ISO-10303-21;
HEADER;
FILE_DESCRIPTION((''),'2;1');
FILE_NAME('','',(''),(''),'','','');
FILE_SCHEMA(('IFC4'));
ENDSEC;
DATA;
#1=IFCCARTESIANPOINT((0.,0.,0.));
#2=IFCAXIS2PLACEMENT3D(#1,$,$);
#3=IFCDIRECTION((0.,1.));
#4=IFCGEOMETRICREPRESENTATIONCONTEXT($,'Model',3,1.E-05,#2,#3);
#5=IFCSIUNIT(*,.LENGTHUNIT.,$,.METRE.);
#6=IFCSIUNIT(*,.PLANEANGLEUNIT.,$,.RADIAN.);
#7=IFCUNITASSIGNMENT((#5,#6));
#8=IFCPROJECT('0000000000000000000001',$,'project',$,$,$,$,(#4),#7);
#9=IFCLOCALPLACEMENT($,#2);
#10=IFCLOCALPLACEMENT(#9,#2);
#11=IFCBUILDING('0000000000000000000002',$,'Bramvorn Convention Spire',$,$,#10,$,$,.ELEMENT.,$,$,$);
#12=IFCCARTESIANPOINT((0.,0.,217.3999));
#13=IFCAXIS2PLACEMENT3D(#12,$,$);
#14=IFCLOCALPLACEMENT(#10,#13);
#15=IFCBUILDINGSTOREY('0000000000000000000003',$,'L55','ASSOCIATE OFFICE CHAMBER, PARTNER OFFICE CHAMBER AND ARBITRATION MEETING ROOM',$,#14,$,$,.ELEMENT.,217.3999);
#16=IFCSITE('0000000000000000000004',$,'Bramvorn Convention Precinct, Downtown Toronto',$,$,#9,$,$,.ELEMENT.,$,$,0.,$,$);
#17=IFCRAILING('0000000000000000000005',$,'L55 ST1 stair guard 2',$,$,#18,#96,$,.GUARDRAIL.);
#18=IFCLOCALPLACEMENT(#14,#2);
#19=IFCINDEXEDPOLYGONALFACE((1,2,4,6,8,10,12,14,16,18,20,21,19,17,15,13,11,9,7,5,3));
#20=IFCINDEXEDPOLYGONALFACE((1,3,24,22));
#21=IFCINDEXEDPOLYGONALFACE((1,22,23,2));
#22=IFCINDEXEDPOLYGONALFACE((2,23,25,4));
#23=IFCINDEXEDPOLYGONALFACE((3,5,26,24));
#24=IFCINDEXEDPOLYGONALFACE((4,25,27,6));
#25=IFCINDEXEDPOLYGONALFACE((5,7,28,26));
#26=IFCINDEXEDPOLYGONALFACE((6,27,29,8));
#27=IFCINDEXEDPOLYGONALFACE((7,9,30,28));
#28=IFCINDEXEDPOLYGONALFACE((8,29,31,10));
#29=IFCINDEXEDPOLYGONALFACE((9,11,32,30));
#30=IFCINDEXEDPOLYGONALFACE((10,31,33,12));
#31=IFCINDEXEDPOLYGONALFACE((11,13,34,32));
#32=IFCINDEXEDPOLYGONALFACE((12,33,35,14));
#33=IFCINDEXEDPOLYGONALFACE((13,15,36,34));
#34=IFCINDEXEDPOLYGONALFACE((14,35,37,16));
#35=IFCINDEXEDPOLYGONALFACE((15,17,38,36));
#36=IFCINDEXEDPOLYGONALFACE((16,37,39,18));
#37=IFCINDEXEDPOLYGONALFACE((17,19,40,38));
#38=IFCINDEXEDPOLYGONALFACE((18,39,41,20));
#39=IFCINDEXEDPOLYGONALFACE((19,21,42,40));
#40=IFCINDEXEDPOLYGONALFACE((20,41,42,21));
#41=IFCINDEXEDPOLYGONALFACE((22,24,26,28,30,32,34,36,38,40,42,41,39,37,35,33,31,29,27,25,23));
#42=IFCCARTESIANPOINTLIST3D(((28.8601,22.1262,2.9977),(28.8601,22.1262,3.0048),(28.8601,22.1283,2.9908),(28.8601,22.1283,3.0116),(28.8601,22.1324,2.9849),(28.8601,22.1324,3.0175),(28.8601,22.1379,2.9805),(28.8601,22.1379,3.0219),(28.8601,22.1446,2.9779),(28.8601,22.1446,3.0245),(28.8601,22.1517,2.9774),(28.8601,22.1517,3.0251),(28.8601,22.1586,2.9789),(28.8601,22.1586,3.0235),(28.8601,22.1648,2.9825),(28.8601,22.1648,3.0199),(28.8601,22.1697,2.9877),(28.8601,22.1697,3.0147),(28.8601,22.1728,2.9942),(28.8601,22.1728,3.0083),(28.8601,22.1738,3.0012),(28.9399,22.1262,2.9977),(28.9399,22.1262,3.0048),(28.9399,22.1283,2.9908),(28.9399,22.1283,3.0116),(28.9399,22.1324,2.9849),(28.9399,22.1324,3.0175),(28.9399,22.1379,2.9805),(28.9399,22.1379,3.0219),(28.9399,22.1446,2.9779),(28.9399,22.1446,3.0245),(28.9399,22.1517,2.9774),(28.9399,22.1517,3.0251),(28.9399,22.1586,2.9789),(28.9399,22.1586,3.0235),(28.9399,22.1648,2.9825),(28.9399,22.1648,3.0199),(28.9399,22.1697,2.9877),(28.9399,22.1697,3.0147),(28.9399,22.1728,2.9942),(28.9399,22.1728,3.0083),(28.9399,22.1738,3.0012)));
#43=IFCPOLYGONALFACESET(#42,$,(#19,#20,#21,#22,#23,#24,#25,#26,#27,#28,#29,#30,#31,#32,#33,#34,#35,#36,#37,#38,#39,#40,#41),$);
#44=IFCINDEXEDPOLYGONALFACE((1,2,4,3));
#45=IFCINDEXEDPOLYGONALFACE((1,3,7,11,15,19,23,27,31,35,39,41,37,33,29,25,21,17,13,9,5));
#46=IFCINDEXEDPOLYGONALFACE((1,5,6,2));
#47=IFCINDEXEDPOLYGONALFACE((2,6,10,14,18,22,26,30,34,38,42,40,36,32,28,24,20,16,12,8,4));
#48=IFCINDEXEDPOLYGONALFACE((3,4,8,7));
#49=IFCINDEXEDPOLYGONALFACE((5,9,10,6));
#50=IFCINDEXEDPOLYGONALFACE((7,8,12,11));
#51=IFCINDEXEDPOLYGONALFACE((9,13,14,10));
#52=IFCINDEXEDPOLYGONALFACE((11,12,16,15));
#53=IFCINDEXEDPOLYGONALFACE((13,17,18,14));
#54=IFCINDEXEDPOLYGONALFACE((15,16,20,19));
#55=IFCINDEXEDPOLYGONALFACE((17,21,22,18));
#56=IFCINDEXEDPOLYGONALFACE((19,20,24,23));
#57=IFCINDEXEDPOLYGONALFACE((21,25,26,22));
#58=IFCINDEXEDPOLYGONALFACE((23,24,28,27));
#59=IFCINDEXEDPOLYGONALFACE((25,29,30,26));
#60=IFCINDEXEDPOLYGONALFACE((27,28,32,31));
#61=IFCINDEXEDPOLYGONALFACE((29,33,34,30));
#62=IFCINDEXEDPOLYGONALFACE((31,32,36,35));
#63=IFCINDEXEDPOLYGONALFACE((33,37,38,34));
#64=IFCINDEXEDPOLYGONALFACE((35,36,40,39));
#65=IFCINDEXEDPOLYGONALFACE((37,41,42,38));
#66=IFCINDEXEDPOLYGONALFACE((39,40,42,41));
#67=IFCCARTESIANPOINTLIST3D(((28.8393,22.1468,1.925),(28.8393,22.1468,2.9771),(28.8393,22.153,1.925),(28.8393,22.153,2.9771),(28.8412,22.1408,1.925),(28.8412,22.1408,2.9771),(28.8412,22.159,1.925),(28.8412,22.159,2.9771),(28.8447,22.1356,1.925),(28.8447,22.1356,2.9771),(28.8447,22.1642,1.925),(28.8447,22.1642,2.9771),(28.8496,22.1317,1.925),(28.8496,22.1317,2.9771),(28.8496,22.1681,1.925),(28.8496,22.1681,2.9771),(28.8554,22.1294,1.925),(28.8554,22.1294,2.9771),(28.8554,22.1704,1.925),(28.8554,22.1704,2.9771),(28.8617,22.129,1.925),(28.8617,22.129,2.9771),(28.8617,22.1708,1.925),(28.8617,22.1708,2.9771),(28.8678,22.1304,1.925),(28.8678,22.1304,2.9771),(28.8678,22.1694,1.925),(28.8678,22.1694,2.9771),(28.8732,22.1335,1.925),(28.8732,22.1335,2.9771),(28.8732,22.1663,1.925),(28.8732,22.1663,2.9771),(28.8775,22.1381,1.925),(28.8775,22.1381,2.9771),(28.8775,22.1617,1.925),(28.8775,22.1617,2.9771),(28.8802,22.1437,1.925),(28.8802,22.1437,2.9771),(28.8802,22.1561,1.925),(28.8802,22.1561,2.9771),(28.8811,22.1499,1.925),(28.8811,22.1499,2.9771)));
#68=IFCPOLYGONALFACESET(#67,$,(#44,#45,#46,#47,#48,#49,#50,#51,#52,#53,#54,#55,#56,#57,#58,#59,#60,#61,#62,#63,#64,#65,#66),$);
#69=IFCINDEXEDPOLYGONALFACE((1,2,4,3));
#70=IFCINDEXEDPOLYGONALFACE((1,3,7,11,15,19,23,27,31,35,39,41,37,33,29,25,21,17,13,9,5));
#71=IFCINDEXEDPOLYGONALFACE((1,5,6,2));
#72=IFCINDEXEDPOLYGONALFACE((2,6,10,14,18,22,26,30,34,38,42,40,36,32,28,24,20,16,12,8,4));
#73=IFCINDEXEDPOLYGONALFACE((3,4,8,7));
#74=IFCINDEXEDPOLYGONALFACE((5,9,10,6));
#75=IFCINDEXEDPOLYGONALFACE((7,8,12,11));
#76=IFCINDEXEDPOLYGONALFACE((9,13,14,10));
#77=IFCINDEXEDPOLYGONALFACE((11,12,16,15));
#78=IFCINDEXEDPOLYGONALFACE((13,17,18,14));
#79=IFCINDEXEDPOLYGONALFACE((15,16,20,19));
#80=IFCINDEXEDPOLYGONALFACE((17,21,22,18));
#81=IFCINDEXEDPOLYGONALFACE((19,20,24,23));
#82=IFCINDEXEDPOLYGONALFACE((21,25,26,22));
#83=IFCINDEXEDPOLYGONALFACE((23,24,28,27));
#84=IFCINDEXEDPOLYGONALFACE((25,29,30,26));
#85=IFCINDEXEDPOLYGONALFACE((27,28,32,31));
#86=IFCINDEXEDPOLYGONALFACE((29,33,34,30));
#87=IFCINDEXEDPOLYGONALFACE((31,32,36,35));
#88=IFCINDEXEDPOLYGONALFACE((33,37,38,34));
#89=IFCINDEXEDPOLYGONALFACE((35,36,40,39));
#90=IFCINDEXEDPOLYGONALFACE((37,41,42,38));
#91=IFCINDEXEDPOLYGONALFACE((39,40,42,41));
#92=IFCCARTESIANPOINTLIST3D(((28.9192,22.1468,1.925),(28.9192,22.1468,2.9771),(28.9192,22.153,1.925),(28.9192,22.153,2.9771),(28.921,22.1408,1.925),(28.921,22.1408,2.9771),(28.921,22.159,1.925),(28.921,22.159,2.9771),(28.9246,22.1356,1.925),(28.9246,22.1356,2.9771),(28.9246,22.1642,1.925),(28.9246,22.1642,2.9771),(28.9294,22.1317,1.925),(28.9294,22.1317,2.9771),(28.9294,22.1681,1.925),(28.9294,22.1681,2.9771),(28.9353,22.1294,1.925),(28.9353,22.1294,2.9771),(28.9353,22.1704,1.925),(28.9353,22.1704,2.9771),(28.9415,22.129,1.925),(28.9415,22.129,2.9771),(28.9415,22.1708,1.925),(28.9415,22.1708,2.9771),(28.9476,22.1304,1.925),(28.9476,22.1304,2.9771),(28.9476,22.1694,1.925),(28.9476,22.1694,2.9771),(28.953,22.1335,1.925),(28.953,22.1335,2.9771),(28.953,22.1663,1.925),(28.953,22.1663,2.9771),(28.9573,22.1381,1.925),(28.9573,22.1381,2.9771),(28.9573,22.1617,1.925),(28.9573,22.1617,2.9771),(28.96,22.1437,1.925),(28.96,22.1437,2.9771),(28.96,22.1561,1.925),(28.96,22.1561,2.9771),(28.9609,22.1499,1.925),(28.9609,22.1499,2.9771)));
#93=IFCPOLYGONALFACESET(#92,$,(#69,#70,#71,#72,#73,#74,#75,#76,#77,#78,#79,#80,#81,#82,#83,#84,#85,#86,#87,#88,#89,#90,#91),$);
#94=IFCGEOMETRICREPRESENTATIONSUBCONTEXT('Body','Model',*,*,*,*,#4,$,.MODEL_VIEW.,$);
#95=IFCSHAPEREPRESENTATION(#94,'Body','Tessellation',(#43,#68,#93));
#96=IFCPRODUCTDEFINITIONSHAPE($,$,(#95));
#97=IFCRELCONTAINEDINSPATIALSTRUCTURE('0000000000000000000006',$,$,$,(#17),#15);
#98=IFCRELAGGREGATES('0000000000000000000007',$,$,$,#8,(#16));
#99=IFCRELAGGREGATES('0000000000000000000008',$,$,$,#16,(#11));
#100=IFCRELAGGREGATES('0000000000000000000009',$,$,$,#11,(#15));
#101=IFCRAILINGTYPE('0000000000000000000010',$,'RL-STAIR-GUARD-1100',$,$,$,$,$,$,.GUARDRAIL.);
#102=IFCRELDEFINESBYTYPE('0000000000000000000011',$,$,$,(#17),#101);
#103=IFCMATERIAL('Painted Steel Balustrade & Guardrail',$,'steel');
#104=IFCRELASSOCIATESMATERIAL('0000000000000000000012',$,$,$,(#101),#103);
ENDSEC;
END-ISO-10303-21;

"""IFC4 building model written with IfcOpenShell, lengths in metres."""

from ifc_helpers import new_model, si_unit, direction, frame, origin, origin_2d, place, context, subcontext, project, spatial, circle, extrude, material, type_object, element, save


model = new_model("IFC4")

# Units and contexts
model_context = context("Model", 3, precision=1e-05, world=origin(), true_north=direction((0.0, 1.0)))
body_context = subcontext(model_context, "Body", "Model", "MODEL_VIEW")
ifc_project = project(units=[si_unit("LENGTHUNIT", "METRE"), si_unit("PLANEANGLEUNIT", "RADIAN")], contexts=[model_context])

# Site, building, storey
site_placement = place(None, origin())
site = spatial("IfcSite", under=ifc_project, at=site_placement, Name="Bramvorn Convention Precinct, Downtown Toronto", CompositionType="ELEMENT", RefElevation=0.0)
building_placement = place(site_placement, origin())
building = spatial("IfcBuilding", under=site, at=building_placement, Name="Bramvorn Convention Spire", CompositionType="ELEMENT")
storey_placement = place(building_placement, frame((0.0, 0.0, 217.3999)))
storey = spatial("IfcBuildingStorey", under=building, at=storey_placement, Name="L55", Description="ASSOCIATE OFFICE CHAMBER, PARTNER OFFICE CHAMBER AND ARBITRATION MEETING ROOM", CompositionType="ELEMENT", Elevation=217.3999)

# Railing
ifc_material_1 = material(Name="Painted Steel Balustrade & Guardrail", Category="steel")
railing_type_1 = type_object("IfcRailingType", Name="RL-STAIR-GUARD-1100", PredefinedType="GUARDRAIL", material=ifc_material_1)
railing_1_placement = place(storey_placement, frame((28.8601, 22.1499, 1.925)))
element("IfcRailing", 1, at=railing_1_placement, inside=storey, type_object=railing_type_1, Name="L55 ST1 stair guard 2", PredefinedType="GUARDRAIL", context=body_context, shape_type="SweptSolid", body=[
    extrude(circle(Radius=0.0239, at=origin_2d()), frame((0.0, 0.0, 1.0762), z_axis=(1.0, 0.0, 0.0), x_axis=(0.0, 1.0, 0.0)), (0.0, 0.0, 1.0), 0.0798),
    extrude(circle(Radius=0.021, at=origin_2d()), origin(), (0.0, 0.0, 1.0), 1.052),
    extrude(circle(Radius=0.021, at=origin_2d()), frame((0.0798, 0.0, 0.0)), (0.0, 0.0, 1.0), 1.052),
])

save(model, "model.ifc")
